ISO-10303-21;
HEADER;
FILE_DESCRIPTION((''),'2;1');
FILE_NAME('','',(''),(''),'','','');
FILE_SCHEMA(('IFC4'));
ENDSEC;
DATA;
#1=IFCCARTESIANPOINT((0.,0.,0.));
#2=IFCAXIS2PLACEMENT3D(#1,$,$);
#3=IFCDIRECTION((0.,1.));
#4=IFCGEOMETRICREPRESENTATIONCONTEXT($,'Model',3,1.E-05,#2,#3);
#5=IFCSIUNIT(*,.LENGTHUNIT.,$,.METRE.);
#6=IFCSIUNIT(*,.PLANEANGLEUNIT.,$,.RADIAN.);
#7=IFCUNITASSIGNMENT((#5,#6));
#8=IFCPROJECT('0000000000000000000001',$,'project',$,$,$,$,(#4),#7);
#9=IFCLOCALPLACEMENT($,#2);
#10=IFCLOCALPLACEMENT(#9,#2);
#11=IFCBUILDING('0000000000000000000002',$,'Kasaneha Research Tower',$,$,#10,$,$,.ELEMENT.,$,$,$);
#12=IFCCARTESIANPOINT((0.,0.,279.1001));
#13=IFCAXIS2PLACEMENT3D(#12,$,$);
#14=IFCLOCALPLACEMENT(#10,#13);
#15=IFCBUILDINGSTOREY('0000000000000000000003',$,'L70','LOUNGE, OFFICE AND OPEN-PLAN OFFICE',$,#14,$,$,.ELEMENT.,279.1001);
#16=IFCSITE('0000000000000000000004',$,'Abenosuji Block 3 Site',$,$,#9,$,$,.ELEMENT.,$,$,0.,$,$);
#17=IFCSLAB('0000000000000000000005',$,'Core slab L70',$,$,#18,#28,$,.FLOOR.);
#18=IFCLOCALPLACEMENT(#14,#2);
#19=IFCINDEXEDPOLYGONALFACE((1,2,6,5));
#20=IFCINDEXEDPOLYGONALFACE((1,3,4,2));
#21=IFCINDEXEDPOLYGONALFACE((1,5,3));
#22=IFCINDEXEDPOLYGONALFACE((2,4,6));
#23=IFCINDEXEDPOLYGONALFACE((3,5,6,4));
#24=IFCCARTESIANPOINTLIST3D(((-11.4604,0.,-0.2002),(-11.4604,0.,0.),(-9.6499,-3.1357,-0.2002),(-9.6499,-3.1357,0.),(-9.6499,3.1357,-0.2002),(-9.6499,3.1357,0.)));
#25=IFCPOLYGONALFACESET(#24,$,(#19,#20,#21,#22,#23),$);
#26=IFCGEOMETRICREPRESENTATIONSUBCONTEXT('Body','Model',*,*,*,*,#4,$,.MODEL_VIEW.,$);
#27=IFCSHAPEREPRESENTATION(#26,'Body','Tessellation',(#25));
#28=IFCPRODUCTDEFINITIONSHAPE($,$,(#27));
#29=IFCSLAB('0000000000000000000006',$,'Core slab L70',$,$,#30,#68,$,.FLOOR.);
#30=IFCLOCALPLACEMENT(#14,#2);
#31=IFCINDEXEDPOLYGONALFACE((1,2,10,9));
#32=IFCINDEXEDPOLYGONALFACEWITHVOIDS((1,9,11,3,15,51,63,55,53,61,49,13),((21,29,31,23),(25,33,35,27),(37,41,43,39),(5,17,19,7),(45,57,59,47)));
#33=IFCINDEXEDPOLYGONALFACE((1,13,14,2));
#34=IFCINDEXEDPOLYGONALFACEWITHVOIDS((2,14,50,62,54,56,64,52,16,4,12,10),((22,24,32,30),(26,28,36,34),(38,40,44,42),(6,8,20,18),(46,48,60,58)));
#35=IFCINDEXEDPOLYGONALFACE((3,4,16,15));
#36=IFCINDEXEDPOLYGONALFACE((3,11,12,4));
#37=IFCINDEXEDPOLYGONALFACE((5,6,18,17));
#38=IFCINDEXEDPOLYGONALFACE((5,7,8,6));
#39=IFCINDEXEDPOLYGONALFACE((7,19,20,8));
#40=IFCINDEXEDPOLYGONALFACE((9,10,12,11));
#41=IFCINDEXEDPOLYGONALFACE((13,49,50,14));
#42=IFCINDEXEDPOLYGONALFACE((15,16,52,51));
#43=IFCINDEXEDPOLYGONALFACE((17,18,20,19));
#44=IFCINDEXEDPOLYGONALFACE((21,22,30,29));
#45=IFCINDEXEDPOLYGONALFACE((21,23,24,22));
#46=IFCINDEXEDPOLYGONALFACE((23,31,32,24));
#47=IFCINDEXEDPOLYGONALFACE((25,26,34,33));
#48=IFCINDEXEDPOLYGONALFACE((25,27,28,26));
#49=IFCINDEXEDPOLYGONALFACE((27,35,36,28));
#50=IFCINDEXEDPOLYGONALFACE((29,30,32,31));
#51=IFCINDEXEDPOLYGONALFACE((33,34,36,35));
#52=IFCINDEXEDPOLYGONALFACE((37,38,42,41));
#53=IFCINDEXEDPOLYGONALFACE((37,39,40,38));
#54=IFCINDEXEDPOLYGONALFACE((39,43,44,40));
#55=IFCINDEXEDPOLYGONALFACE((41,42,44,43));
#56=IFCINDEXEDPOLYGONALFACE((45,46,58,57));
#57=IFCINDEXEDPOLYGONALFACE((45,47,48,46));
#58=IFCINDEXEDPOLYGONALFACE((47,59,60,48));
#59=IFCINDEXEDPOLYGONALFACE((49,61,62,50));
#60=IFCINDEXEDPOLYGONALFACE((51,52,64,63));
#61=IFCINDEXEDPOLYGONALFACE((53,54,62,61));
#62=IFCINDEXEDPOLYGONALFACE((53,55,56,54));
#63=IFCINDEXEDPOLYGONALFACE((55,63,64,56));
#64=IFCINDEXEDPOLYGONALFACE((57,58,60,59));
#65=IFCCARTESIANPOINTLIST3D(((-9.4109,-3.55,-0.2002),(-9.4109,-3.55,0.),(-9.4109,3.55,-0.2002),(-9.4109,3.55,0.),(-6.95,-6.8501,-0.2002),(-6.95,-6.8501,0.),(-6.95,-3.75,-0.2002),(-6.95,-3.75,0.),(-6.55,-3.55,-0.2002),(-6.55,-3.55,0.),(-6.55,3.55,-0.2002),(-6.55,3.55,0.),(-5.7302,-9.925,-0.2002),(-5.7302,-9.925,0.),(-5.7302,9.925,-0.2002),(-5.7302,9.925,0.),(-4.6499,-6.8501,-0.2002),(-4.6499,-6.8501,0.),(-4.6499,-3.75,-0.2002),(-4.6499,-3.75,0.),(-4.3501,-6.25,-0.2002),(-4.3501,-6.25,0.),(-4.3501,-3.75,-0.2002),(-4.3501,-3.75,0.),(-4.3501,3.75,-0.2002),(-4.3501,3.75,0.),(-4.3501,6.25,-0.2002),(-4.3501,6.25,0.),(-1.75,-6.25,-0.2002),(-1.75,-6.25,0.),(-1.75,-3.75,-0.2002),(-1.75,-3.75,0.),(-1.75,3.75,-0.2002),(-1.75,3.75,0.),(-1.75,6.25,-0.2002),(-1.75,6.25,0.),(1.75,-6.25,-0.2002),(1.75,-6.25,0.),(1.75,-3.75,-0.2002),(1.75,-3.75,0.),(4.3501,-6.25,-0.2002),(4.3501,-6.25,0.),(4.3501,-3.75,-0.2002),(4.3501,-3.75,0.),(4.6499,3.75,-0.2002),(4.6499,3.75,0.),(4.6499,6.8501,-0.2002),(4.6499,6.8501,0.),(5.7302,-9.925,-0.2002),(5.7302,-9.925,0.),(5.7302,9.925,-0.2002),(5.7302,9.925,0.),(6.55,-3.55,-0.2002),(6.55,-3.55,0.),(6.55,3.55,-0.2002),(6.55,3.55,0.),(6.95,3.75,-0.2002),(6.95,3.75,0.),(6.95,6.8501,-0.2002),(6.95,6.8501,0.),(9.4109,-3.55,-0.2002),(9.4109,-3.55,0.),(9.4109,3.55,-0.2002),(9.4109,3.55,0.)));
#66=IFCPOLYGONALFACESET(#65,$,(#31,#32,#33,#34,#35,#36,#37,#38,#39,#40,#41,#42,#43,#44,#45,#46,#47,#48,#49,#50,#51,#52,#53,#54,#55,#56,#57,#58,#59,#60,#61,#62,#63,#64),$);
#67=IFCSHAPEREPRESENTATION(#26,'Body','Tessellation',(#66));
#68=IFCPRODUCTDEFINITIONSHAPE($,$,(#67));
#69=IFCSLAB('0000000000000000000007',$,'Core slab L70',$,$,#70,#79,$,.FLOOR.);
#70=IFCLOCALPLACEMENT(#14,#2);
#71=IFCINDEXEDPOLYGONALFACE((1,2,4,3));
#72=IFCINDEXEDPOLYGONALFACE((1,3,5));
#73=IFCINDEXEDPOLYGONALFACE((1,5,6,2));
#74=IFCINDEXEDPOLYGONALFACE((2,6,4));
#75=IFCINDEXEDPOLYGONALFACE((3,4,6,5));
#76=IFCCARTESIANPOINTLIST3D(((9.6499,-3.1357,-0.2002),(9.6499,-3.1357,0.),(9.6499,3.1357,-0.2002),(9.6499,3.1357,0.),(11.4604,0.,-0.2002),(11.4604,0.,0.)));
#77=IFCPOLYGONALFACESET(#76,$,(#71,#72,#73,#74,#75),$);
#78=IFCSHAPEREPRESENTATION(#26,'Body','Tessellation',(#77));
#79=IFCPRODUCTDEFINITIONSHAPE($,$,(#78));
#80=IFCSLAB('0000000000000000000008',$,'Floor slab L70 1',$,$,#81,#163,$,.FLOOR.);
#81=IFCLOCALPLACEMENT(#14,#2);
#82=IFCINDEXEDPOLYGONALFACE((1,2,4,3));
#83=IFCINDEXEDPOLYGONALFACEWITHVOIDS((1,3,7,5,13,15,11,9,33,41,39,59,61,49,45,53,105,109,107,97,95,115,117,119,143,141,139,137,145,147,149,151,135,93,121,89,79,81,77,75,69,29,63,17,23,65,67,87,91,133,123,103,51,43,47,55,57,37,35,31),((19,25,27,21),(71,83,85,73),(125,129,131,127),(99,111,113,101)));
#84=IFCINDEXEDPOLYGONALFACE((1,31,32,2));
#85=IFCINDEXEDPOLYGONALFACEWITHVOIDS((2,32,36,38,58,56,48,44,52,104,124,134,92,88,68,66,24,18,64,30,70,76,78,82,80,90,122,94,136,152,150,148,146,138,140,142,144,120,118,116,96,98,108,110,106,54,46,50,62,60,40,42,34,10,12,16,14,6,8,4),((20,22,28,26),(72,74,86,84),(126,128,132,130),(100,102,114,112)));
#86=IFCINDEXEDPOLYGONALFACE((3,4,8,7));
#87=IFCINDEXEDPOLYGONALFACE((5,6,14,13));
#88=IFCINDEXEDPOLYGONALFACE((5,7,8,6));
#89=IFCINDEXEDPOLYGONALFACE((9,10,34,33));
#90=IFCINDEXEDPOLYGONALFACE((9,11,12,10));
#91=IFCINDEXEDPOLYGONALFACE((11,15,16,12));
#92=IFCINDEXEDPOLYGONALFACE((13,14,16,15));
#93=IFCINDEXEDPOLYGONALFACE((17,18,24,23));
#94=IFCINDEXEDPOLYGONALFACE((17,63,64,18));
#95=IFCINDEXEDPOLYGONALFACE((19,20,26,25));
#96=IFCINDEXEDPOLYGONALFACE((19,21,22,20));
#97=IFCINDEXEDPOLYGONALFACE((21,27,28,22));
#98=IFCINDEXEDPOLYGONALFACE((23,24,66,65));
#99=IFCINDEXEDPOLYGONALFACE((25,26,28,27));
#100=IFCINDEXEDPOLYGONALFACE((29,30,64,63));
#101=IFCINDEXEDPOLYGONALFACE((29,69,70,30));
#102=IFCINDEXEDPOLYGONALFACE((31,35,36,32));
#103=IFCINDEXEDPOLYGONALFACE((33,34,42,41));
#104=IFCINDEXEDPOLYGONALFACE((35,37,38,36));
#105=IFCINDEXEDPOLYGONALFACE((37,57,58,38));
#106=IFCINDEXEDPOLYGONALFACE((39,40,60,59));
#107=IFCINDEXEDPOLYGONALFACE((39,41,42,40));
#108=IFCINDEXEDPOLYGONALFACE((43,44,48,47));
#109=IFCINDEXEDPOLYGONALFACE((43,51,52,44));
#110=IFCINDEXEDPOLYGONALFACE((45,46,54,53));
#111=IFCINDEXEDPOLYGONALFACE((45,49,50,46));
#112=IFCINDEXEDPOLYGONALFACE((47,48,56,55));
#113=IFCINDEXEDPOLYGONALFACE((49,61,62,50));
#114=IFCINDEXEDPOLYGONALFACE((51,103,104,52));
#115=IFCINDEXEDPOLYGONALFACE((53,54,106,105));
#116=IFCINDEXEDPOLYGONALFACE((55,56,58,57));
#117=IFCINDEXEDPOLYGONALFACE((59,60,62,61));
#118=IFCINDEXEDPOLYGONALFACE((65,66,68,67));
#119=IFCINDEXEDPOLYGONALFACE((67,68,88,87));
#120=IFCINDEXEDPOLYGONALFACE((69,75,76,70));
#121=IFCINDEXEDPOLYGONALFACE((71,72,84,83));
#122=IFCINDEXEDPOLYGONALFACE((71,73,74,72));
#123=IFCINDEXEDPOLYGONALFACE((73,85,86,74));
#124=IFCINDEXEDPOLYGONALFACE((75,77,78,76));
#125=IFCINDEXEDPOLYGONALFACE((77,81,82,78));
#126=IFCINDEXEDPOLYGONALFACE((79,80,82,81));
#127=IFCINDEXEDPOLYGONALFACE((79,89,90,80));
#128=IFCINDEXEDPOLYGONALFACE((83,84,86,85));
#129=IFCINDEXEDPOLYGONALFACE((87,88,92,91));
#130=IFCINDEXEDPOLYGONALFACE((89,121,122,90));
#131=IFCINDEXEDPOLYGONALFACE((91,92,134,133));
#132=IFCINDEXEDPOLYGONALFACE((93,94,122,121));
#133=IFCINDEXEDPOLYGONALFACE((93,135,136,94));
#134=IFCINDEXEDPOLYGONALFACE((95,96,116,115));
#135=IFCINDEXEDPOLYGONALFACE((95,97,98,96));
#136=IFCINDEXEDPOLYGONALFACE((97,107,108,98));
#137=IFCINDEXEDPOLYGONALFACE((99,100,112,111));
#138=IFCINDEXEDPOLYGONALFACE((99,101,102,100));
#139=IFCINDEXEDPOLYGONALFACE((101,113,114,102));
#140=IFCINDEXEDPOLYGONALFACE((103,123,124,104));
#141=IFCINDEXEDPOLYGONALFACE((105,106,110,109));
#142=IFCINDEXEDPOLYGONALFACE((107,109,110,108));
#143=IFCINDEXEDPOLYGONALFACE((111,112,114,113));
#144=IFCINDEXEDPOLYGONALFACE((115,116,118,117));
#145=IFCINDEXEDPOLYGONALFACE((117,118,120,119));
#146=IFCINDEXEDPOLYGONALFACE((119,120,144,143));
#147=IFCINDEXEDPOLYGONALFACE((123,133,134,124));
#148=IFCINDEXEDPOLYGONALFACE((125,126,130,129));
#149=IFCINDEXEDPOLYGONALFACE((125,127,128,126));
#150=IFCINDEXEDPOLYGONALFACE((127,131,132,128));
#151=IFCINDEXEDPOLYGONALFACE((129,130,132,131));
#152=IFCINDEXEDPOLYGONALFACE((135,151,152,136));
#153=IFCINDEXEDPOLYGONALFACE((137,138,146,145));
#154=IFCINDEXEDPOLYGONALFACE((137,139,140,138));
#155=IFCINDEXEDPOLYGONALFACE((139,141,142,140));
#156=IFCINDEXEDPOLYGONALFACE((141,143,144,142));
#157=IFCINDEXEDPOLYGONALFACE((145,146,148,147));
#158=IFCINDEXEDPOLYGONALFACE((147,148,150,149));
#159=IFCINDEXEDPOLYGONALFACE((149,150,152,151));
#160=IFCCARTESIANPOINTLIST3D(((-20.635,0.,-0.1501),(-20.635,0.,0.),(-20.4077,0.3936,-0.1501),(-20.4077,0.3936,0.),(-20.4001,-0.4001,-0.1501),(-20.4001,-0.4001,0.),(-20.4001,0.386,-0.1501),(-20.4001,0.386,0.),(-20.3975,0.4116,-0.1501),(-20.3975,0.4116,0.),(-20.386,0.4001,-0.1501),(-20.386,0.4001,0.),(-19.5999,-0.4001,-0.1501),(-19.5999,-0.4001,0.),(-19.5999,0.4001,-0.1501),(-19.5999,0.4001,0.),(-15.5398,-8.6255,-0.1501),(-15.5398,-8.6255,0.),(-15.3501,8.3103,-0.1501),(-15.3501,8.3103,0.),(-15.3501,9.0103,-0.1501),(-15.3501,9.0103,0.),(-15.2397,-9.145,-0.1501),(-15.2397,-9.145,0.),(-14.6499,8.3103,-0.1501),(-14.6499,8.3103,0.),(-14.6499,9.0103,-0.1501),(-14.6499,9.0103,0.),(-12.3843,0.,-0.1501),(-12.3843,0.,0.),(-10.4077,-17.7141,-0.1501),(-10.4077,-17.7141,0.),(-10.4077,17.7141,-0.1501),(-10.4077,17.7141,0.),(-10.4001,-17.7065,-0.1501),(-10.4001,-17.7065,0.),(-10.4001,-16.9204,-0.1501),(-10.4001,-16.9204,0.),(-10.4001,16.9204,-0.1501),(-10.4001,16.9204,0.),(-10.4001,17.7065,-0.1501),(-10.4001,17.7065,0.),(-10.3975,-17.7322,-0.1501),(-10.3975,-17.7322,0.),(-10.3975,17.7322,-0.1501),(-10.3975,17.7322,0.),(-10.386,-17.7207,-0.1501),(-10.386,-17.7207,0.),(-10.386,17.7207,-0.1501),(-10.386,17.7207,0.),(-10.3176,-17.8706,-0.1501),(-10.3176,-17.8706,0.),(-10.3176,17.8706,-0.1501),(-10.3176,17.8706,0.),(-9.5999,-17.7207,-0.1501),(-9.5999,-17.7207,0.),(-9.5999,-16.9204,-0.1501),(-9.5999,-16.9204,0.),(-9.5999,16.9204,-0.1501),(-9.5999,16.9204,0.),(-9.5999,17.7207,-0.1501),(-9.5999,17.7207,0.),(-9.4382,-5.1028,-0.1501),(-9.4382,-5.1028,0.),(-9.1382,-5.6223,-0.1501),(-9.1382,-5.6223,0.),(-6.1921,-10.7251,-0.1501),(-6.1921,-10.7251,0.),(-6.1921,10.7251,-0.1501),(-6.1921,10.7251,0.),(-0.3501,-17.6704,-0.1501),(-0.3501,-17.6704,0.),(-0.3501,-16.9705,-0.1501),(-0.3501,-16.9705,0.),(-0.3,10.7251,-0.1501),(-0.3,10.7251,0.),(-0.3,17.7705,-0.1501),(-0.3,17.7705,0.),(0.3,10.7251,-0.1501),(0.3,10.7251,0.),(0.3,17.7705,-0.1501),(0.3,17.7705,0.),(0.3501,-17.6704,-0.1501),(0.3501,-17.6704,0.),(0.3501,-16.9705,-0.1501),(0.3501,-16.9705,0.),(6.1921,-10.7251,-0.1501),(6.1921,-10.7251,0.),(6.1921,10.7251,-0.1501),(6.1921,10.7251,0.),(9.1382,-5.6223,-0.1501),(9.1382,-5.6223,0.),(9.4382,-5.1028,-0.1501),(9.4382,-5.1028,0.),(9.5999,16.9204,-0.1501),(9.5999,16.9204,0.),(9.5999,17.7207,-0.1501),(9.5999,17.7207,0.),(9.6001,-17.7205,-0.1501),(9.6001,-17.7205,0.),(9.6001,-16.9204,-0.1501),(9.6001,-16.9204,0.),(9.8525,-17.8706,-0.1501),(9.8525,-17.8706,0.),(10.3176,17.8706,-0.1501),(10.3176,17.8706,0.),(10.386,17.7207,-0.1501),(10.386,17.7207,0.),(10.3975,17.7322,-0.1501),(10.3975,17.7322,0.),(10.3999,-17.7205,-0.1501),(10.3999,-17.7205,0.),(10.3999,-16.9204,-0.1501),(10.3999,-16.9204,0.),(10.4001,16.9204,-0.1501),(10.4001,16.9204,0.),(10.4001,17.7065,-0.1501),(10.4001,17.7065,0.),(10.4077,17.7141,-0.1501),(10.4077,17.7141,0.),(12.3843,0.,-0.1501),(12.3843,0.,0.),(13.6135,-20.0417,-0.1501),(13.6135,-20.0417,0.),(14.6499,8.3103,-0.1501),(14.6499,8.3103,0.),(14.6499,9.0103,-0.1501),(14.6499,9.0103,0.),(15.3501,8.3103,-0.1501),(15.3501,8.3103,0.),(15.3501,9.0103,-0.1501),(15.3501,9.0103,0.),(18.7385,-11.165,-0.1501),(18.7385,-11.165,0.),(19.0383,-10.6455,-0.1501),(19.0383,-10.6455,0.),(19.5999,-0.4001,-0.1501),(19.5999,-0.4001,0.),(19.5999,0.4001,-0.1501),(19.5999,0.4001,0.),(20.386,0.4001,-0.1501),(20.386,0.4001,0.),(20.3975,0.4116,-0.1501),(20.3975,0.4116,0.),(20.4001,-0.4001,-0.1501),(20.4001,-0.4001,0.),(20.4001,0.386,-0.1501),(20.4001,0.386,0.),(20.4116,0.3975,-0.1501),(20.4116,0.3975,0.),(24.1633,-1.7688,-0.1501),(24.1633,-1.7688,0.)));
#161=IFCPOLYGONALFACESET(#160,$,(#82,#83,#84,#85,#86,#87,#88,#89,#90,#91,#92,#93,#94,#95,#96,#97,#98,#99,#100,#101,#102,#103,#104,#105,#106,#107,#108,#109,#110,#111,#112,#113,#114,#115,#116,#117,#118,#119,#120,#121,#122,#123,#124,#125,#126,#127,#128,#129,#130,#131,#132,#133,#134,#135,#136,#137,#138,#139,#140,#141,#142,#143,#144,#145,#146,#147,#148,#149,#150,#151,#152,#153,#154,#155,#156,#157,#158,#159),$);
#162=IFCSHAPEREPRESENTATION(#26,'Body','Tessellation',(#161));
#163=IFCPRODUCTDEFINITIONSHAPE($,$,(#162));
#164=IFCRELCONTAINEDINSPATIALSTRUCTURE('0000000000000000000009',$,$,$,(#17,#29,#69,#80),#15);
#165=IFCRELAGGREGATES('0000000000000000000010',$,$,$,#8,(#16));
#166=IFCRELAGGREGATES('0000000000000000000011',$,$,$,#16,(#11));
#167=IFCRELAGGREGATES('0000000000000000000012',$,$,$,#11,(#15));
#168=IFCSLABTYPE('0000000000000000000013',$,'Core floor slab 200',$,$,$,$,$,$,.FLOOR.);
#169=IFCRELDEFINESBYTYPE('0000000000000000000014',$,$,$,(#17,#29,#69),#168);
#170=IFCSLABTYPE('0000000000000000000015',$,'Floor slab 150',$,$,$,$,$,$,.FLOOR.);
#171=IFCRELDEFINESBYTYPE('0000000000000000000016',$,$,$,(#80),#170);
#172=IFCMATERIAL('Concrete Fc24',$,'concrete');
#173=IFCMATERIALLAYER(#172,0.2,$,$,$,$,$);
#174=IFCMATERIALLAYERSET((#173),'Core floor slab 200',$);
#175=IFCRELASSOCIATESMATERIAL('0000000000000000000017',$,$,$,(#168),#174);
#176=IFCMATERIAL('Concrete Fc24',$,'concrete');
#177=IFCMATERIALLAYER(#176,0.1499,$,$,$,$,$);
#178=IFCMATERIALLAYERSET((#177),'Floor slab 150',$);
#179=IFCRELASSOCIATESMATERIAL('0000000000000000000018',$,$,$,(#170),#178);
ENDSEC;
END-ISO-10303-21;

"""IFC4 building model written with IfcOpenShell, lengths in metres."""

from ifc_helpers import new_model, si_unit, direction, frame, origin, place, context, subcontext, project, spatial, polyline, outline, extrude, material, layer, layer_set, type_object, element, save


model = new_model("IFC4")

# Units and contexts
model_context = context("Model", 3, precision=1e-05, world=origin(), true_north=direction((0.0, 1.0)))
body_context = subcontext(model_context, "Body", "Model", "MODEL_VIEW")
ifc_project = project(units=[si_unit("LENGTHUNIT", "METRE"), si_unit("PLANEANGLEUNIT", "RADIAN")], contexts=[model_context])

# Site, building, storey
site_placement = place(None, origin())
site = spatial("IfcSite", under=ifc_project, at=site_placement, Name="Abenosuji Block 3 Site", CompositionType="ELEMENT", RefElevation=0.0)
building_placement = place(site_placement, origin())
building = spatial("IfcBuilding", under=site, at=building_placement, Name="Kasaneha Research Tower", CompositionType="ELEMENT")
storey_placement = place(building_placement, frame((0.0, 0.0, 279.1001)))
storey = spatial("IfcBuildingStorey", under=building, at=storey_placement, Name="L70", Description="LOUNGE, OFFICE AND OPEN-PLAN OFFICE", CompositionType="ELEMENT", Elevation=279.1001)

# Slabs
ifc_material_1 = material(Name="Concrete Fc24", Category="concrete")
ifc_layer_1 = layer(ifc_material_1, 0.2)
ifc_layer_set_1 = layer_set([ifc_layer_1], Name="Core floor slab 200")
slab_type_1 = type_object("IfcSlabType", Name="Core floor slab 200", PredefinedType="FLOOR", material=ifc_layer_set_1)
slab_1_placement = place(storey_placement, frame((0.0, 0.0, -0.2002)))
element("IfcSlab", 1, at=slab_1_placement, inside=storey, type_object=slab_type_1, Name="Core slab L70", PredefinedType="FLOOR", context=body_context, shape_type="SweptSolid", body=[
    extrude(outline(polyline([(-11.4604, 0.0), (-9.6499, 3.1357), (-9.6499, -3.1357), (-11.4604, 0.0)])), origin(), (0.0, 0.0, 1.0), 0.2002),
])
slab_2_placement = place(storey_placement, frame((0.0, 0.0, -0.2002)))
element("IfcSlab", 2, at=slab_2_placement, inside=storey, type_object=slab_type_1, Name="Core slab L70", PredefinedType="FLOOR", context=body_context, shape_type="SweptSolid", body=[
    extrude(outline(polyline([(-5.7302, 9.925), (5.7302, 9.925), (9.4109, 3.55), (6.55, 3.55), (6.55, -3.55), (9.4109, -3.55), (5.7302, -9.925), (-5.7302, -9.925), (-9.4109, -3.55), (-6.55, -3.55), (-6.55, 3.55), (-9.4109, 3.55), (-5.7302, 9.925)]), holes=[polyline([(-6.95, -6.8501), (-4.6499, -6.8501), (-4.6499, -3.75), (-6.95, -3.75), (-6.95, -6.8501)]), polyline([(-4.3501, -3.75), (-4.3501, -6.25), (-1.75, -6.25), (-1.75, -3.75), (-4.3501, -3.75)]), polyline([(1.75, -3.75), (1.75, -6.25), (4.3501, -6.25), (4.3501, -3.75), (1.75, -3.75)]), polyline([(-4.3501, 6.25), (-4.3501, 3.75), (-1.75, 3.75), (-1.75, 6.25), (-4.3501, 6.25)]), polyline([(4.6499, 6.8501), (4.6499, 3.75), (6.95, 3.75), (6.95, 6.8501), (4.6499, 6.8501)])]), origin(), (0.0, 0.0, 1.0), 0.2002),
])
slab_3_placement = place(storey_placement, frame((0.0, 0.0, -0.2002)))
element("IfcSlab", 3, at=slab_3_placement, inside=storey, type_object=slab_type_1, Name="Core slab L70", PredefinedType="FLOOR", context=body_context, shape_type="SweptSolid", body=[
    extrude(outline(polyline([(11.4604, 0.0), (9.6499, -3.1357), (9.6499, 3.1357), (11.4604, 0.0)])), origin(), (0.0, 0.0, 1.0), 0.2002),
])
ifc_material_2 = material(Name="Concrete Fc24", Category="concrete")
ifc_layer_2 = layer(ifc_material_2, 0.1499)
ifc_layer_set_2 = layer_set([ifc_layer_2], Name="Floor slab 150")
slab_type_2 = type_object("IfcSlabType", Name="Floor slab 150", PredefinedType="FLOOR", material=ifc_layer_set_2)
slab_4_placement = place(storey_placement, frame((0.0, 0.0, -0.1501)))
element("IfcSlab", 4, at=slab_4_placement, inside=storey, type_object=slab_type_2, Name="Floor slab L70 1", PredefinedType="FLOOR", context=body_context, shape_type="SweptSolid", body=[
    extrude(outline(polyline([(-10.3176, -17.8706), (-10.3975, -17.7322), (-10.386, -17.7207), (-9.5999, -17.7207), (-9.5999, -16.9204), (-10.4001, -16.9204), (-10.4001, -17.7065), (-10.4077, -17.7141), (-20.635, 0.0), (-20.4077, 0.3936), (-20.4001, 0.386), (-20.4001, -0.4001), (-19.5999, -0.4001), (-19.5999, 0.4001), (-20.386, 0.4001), (-20.3975, 0.4116), (-10.4077, 17.7141), (-10.4001, 17.7065), (-10.4001, 16.9204), (-9.5999, 16.9204), (-9.5999, 17.7207), (-10.386, 17.7207), (-10.3975, 17.7322), (-10.3176, 17.8706), (10.3176, 17.8706), (10.3975, 17.7322), (10.386, 17.7207), (9.5999, 17.7207), (9.5999, 16.9204), (10.4001, 16.9204), (10.4001, 17.7065), (10.4077, 17.7141), (20.3975, 0.4116), (20.386, 0.4001), (19.5999, 0.4001), (19.5999, -0.4001), (20.4001, -0.4001), (20.4001, 0.386), (20.4116, 0.3975), (24.1633, -1.7688), (19.0383, -10.6455), (9.4382, -5.1028), (12.3843, 0.0), (6.1921, 10.7251), (0.3, 10.7251), (0.3, 17.7705), (-0.3, 17.7705), (-0.3, 10.7251), (-6.1921, 10.7251), (-12.3843, 0.0), (-9.4382, -5.1028), (-15.5398, -8.6255), (-15.2397, -9.145), (-9.1382, -5.6223), (-6.1921, -10.7251), (6.1921, -10.7251), (9.1382, -5.6223), (18.7385, -11.165), (13.6135, -20.0417), (9.8525, -17.8706), (-10.3176, -17.8706)]), holes=[polyline([(0.3501, -17.6704), (0.3501, -16.9705), (-0.3501, -16.9705), (-0.3501, -17.6704), (0.3501, -17.6704)]), polyline([(-15.3501, 8.3103), (-14.6499, 8.3103), (-14.6499, 9.0103), (-15.3501, 9.0103), (-15.3501, 8.3103)]), polyline([(9.6001, -17.7205), (10.3999, -17.7205), (10.3999, -16.9204), (9.6001, -16.9204), (9.6001, -17.7205)]), polyline([(14.6499, 8.3103), (15.3501, 8.3103), (15.3501, 9.0103), (14.6499, 9.0103), (14.6499, 8.3103)])]), origin(), (0.0, 0.0, 1.0), 0.1501),
])

save(model, "model.ifc")
